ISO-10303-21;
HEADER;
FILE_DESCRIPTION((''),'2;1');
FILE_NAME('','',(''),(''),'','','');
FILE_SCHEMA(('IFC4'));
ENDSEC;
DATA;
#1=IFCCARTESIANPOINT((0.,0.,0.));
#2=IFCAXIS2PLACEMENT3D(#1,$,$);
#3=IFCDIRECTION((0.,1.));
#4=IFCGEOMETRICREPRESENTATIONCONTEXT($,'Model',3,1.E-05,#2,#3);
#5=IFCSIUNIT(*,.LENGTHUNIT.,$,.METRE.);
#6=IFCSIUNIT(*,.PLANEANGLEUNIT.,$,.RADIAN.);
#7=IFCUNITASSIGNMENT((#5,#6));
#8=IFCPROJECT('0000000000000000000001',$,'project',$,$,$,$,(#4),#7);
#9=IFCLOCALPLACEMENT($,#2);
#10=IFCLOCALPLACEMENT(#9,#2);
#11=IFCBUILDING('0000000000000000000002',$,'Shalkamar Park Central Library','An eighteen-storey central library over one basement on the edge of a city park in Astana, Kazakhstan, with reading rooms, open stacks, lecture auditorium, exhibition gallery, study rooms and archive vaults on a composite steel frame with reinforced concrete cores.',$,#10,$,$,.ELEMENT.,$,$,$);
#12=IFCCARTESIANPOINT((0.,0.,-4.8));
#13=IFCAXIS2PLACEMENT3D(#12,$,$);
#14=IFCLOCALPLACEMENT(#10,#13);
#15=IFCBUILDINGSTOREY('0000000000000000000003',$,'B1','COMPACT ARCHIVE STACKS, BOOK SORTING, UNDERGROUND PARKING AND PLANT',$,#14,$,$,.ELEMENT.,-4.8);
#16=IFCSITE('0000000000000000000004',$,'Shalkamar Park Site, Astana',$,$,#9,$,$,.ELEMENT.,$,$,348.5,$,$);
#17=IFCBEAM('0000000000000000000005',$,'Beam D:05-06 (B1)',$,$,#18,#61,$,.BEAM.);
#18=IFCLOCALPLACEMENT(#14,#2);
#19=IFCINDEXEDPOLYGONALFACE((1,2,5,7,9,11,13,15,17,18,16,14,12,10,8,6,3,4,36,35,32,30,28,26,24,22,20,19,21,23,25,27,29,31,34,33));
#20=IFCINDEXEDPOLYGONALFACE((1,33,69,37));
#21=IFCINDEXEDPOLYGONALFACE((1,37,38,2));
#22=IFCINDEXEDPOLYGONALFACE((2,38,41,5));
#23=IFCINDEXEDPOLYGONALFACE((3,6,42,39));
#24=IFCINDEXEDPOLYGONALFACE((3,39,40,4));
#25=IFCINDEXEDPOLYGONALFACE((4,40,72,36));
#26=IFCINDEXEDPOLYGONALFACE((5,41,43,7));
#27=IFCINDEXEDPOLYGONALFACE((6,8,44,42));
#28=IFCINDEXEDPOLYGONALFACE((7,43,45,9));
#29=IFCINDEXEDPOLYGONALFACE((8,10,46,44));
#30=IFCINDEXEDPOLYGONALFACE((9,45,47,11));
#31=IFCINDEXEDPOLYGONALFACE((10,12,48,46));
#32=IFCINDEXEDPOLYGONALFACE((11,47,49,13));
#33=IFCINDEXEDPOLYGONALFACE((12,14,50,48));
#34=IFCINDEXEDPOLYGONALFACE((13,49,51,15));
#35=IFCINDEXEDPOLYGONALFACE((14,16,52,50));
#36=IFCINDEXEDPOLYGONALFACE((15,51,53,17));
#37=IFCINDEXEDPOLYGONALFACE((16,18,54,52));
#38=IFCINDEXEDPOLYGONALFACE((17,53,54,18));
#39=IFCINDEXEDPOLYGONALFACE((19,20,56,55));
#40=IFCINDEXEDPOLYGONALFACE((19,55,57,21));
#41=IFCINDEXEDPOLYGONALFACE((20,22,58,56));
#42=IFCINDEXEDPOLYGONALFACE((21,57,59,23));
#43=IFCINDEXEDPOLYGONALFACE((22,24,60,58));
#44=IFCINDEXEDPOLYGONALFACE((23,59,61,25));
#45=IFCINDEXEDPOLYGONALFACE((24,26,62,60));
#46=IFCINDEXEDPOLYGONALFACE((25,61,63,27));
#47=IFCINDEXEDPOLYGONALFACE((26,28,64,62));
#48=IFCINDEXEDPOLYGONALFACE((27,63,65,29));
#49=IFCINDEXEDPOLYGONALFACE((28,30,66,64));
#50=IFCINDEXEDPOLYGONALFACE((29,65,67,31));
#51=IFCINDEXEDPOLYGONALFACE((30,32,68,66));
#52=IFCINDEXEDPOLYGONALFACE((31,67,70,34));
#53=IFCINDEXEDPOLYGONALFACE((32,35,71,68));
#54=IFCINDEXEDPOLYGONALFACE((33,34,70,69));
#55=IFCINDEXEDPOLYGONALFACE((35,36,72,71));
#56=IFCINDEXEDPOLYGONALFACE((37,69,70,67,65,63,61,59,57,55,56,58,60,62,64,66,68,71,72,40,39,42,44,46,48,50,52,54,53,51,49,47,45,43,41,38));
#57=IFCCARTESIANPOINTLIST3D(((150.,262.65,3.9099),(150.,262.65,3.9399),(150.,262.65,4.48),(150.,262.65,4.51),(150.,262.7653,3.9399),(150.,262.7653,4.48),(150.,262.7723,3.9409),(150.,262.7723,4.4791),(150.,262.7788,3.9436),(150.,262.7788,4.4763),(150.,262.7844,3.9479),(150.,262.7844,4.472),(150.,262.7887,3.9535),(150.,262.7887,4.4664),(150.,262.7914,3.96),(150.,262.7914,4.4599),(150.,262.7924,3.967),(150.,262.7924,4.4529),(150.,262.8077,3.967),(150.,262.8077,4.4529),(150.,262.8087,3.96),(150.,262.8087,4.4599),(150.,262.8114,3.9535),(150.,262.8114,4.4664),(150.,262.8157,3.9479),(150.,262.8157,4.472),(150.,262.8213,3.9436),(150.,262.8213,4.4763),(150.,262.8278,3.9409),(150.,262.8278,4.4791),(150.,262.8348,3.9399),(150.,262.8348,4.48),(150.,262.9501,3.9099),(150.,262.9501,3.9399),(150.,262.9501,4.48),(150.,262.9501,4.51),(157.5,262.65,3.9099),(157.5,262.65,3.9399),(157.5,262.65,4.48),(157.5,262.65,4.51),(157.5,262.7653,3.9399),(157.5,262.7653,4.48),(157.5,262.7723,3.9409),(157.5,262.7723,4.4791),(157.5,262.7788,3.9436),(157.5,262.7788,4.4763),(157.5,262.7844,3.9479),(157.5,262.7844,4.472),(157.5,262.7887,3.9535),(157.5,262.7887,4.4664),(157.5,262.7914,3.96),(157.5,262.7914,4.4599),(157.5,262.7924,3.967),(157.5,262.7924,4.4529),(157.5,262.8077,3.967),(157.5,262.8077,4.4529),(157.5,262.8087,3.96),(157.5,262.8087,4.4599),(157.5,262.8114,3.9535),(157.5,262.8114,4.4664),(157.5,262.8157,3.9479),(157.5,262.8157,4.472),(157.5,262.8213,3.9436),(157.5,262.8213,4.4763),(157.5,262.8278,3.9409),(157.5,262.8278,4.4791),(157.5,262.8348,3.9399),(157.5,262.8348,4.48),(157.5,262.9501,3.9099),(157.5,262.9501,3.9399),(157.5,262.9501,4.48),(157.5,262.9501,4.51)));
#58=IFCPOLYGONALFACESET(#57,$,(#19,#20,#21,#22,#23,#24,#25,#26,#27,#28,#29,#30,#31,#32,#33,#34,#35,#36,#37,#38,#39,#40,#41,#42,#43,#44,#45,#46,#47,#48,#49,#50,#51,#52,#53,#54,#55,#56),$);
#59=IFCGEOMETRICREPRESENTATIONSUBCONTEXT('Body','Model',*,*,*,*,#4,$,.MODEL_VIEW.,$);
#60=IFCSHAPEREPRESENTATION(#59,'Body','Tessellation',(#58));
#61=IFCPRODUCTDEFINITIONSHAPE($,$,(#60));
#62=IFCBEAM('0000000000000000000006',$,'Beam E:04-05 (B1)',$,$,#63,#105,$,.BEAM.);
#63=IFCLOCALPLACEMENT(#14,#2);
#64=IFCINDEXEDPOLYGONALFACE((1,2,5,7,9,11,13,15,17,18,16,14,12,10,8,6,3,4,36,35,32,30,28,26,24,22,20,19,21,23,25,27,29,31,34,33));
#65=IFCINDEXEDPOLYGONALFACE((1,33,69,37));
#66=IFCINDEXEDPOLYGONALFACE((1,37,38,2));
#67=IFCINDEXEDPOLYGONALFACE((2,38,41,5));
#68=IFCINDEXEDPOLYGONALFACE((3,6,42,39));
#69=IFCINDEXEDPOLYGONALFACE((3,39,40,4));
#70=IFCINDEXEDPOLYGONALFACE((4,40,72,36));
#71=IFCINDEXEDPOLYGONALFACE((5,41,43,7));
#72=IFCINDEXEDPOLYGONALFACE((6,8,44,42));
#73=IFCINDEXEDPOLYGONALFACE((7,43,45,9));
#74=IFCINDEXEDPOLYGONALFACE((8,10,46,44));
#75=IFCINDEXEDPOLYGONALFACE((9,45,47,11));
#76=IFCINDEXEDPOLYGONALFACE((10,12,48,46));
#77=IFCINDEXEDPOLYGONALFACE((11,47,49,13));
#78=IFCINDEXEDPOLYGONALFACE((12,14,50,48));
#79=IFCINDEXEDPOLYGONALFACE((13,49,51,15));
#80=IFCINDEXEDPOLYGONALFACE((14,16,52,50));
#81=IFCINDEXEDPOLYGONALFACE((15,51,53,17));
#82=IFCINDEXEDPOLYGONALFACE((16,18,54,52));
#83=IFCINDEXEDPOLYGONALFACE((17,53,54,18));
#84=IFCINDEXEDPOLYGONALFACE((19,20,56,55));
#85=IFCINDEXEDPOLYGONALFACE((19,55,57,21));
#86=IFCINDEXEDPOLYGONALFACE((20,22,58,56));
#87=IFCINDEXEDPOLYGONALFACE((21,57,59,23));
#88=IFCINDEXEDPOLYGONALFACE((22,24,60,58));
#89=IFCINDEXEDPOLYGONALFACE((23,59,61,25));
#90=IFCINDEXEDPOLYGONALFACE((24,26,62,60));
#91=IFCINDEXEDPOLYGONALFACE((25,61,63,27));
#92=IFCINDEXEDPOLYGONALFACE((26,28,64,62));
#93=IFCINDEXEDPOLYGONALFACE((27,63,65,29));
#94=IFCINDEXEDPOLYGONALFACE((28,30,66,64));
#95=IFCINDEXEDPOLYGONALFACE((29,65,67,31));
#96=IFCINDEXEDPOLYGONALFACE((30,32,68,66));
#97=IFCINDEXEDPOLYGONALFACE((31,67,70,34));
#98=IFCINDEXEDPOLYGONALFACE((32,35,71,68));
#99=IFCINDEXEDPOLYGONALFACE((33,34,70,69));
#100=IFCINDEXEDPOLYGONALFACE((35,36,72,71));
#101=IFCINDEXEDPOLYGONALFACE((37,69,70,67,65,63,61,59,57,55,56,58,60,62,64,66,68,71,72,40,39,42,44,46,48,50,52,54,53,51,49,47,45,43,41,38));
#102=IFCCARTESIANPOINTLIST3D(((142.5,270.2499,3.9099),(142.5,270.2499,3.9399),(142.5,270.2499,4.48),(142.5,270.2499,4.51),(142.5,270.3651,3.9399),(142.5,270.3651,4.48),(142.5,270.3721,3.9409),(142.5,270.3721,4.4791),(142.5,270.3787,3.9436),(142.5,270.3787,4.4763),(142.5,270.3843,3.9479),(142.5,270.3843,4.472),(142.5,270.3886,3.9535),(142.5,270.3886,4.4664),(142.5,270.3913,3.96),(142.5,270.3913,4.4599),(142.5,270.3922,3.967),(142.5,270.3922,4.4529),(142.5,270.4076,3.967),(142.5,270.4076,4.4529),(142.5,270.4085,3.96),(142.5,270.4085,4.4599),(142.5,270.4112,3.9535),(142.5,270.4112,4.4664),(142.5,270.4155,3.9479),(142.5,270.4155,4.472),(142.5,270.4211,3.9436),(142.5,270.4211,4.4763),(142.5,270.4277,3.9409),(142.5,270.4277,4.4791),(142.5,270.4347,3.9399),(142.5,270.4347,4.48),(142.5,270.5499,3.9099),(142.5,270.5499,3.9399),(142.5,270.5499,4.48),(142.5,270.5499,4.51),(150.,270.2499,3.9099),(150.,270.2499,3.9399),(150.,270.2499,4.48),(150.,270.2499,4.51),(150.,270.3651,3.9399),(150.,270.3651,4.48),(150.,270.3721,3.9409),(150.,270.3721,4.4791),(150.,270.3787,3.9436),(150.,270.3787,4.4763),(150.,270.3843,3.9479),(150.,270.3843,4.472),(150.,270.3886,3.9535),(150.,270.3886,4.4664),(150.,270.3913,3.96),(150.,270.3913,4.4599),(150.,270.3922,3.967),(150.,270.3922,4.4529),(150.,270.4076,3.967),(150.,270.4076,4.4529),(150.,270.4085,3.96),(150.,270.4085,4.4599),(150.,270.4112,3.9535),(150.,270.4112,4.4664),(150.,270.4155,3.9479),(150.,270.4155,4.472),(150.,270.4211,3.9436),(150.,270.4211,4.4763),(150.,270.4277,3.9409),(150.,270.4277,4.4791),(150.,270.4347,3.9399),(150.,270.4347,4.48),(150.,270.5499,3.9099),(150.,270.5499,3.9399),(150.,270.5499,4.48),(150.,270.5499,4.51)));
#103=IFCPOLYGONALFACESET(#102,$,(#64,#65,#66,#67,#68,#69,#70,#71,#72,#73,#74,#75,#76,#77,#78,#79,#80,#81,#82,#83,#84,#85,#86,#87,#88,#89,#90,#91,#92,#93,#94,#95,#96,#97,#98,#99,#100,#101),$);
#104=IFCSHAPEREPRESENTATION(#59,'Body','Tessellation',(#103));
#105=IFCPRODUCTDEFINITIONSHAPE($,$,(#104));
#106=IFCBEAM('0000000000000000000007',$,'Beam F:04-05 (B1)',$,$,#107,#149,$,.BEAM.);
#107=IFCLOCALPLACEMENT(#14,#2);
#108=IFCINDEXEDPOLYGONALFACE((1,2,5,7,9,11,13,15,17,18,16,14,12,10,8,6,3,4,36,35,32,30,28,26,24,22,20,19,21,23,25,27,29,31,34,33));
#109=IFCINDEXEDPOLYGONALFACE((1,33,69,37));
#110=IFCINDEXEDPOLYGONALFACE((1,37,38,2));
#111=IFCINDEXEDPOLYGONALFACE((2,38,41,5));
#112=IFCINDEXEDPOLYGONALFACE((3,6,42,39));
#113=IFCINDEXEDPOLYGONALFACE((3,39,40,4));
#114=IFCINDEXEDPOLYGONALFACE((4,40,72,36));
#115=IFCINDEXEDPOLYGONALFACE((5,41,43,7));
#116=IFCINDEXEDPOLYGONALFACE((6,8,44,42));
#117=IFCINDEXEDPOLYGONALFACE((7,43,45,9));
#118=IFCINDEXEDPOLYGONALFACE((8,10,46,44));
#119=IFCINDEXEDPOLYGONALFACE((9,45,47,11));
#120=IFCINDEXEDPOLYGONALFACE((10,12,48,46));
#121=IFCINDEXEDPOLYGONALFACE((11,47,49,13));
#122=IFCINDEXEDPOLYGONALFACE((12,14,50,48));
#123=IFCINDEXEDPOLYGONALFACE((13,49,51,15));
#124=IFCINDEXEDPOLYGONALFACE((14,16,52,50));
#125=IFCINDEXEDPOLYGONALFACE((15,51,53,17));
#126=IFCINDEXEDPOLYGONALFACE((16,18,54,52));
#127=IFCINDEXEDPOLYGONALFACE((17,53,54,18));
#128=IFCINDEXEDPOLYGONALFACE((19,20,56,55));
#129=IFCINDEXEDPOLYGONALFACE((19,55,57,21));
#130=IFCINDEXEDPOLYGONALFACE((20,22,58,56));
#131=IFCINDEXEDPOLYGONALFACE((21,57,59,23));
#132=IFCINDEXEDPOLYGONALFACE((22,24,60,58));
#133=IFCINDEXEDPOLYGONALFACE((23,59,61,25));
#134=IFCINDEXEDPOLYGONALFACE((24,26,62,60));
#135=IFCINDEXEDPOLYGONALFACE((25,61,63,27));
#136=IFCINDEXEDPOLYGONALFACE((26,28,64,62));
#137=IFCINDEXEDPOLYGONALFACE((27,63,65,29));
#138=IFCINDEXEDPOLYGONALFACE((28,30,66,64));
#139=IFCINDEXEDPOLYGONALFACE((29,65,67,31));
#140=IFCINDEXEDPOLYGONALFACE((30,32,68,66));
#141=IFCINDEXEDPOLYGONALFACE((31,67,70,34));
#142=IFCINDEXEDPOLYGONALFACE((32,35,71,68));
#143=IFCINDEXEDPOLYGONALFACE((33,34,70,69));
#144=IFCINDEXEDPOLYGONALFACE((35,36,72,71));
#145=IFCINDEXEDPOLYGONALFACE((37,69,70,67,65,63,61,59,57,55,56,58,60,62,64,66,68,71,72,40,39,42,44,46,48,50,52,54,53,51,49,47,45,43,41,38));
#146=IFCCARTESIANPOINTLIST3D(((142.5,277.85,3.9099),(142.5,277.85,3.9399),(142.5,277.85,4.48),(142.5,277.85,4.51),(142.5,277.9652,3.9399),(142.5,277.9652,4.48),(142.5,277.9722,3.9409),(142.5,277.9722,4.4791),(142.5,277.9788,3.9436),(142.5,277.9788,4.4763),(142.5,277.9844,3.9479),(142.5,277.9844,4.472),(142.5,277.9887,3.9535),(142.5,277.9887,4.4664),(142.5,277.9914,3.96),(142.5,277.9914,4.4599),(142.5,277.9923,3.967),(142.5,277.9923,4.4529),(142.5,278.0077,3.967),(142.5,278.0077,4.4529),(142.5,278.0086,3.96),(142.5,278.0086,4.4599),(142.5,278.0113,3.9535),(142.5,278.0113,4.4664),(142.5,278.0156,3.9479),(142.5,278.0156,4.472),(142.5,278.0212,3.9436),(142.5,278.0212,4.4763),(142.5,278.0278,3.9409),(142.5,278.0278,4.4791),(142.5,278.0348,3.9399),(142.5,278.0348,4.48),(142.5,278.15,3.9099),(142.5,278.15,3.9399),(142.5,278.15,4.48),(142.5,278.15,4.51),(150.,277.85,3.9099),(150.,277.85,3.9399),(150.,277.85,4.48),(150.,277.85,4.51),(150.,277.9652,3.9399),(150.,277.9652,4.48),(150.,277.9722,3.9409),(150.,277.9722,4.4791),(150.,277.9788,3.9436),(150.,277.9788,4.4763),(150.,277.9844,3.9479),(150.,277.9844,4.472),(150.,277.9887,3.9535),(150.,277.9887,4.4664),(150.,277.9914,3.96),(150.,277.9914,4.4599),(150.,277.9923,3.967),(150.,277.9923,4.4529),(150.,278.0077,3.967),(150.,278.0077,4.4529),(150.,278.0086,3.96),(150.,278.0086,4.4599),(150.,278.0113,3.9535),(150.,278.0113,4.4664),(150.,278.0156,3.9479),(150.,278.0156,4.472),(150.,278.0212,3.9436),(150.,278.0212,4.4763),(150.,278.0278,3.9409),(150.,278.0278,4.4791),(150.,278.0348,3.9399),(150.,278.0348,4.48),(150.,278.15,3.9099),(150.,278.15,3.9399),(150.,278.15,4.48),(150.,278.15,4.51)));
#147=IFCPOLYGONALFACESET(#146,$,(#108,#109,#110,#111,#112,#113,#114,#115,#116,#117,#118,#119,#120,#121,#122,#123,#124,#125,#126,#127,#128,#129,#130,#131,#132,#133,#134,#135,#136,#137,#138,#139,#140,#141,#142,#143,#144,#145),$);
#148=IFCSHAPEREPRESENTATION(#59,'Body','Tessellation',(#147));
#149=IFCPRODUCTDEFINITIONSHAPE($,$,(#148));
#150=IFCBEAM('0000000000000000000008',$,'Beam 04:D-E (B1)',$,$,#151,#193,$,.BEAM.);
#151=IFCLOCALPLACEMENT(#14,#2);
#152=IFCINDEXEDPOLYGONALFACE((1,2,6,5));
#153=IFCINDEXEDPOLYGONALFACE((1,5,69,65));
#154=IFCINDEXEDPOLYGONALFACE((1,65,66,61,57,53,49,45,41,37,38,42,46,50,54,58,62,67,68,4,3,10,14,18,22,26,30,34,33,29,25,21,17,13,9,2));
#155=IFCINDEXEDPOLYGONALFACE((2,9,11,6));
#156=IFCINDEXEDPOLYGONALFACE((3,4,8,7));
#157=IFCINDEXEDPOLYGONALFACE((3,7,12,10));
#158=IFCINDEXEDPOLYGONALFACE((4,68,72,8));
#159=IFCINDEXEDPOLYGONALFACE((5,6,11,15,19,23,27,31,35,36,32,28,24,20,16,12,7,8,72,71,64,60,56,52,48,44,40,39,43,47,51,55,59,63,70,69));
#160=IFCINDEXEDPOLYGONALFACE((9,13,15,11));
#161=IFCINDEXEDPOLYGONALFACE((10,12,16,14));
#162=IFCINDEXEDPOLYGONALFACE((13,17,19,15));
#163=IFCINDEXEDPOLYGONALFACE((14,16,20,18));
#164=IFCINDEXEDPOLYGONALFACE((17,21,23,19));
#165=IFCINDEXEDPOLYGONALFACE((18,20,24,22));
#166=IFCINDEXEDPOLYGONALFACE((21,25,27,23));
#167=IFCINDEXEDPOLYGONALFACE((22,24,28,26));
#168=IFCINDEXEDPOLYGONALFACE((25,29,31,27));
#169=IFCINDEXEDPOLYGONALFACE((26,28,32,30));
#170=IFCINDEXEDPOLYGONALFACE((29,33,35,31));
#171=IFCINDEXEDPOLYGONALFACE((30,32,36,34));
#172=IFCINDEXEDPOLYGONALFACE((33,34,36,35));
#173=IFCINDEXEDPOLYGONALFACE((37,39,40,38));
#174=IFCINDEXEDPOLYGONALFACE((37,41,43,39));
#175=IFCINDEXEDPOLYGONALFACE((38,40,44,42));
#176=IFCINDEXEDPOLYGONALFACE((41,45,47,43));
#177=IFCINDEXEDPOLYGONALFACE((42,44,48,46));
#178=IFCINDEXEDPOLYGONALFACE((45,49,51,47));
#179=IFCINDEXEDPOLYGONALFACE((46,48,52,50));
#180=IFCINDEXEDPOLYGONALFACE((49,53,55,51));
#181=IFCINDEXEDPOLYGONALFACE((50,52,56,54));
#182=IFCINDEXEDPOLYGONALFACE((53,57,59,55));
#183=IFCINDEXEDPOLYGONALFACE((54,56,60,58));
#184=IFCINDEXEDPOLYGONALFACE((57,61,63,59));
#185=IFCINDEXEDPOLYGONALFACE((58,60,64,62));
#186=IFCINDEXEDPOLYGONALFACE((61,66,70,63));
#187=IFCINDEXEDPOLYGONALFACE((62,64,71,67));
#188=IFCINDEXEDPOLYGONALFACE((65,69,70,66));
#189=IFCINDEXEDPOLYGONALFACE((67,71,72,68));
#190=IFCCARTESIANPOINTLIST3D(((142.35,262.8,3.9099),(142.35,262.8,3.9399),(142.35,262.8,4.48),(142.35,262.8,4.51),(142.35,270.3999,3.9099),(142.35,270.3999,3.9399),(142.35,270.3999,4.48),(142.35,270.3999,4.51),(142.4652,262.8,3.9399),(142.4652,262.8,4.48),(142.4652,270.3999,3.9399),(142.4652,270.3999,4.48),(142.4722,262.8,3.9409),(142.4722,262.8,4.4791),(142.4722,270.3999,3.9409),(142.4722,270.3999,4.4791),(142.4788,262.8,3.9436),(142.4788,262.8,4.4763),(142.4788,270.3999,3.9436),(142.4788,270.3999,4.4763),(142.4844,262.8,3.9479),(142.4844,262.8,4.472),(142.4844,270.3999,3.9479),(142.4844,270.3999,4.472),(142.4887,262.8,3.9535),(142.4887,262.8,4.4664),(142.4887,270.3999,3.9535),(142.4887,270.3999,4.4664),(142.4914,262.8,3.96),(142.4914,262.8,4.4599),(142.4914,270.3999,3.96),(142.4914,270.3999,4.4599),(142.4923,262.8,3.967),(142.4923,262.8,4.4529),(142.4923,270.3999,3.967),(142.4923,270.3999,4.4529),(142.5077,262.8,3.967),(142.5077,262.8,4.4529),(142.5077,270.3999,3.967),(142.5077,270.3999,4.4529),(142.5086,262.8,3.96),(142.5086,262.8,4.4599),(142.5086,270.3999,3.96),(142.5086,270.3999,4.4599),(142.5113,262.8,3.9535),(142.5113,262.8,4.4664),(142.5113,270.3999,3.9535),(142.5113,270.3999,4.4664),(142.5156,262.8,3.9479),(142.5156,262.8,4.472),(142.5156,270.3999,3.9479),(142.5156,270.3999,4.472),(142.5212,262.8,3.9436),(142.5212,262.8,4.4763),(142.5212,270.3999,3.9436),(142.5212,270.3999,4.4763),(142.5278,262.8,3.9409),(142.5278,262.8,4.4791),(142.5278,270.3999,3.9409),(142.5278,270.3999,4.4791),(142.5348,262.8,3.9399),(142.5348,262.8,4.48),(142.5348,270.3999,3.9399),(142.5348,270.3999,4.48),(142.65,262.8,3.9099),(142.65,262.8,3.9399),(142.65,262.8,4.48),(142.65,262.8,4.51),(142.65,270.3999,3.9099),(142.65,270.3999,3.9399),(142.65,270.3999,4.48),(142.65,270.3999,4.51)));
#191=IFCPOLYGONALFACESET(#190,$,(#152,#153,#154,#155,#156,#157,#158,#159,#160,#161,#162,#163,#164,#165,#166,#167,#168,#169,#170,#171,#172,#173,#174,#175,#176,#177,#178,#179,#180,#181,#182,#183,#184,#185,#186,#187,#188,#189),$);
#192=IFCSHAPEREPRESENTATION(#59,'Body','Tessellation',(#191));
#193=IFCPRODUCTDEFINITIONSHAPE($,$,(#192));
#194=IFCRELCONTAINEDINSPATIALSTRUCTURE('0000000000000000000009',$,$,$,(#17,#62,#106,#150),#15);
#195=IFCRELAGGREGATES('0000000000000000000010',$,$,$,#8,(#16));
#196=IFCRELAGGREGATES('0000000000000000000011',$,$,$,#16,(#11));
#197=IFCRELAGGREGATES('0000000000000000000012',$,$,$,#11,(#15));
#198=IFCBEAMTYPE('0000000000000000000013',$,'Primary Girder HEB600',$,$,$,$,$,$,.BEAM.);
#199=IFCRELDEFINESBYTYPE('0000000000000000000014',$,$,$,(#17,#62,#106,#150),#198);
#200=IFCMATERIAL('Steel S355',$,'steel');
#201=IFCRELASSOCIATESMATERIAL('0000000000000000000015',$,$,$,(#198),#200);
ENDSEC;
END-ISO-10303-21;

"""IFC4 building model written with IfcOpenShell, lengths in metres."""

from ifc_helpers import new_model, si_unit, direction, frame, origin, origin_2d, place, context, subcontext, project, spatial, i_section, extrude, material, material_profile, profile_set, type_object, element, save


model = new_model("IFC4")

# Units and contexts
model_context = context("Model", 3, precision=1e-05, world=origin(), true_north=direction((0.0, 1.0)))
body_context = subcontext(model_context, "Body", "Model", "MODEL_VIEW")
ifc_project = project(units=[si_unit("LENGTHUNIT", "METRE"), si_unit("PLANEANGLEUNIT", "RADIAN")], contexts=[model_context])

# Site, building, storey
site_placement = place(None, origin())
site = spatial("IfcSite", under=ifc_project, at=site_placement, Name="Shalkamar Park Site, Astana", CompositionType="ELEMENT", RefElevation=348.5)
building_placement = place(site_placement, origin())
building = spatial("IfcBuilding", under=site, at=building_placement, Name="Shalkamar Park Central Library", Description="An eighteen-storey central library over one basement on the edge of a city park in Astana, Kazakhstan, with reading rooms, open stacks, lecture auditorium, exhibition gallery, study rooms and archive vaults on a composite steel frame with reinforced concrete cores.", CompositionType="ELEMENT")
storey_placement = place(building_placement, frame((0.0, 0.0, -4.8)))
storey = spatial("IfcBuildingStorey", under=building, at=storey_placement, Name="B1", Description="COMPACT ARCHIVE STACKS, BOOK SORTING, UNDERGROUND PARKING AND PLANT", CompositionType="ELEMENT", Elevation=-4.8)

# Shared definitions
ifc_material_1 = material(Name="Steel S355", Category="steel")

# Beams
ifc_material_profile_1 = material_profile(ifc_material_1, i_section(OverallWidth=0.3, OverallDepth=0.6001, WebThickness=0.0154, FlangeThickness=0.03, FilletRadius=0.0271, at=origin_2d()), Name="HEB 600")
ifc_profile_set_1 = profile_set([ifc_material_profile_1], Name="Steel S355")
beam_type = type_object("IfcBeamType", Name="Primary Girder HEB600", PredefinedType="BEAM", material=ifc_profile_set_1)
for number, where, z_axis, x_axis, name in (
    (1, (150.0, 262.8, 4.21), (1.0, 0.0, 0.0), (0.0, 1.0, 0.0), "Beam D:05-06 (B1)"),
    (2, (142.5, 270.3999, 4.21), (1.0, 0.0, 0.0), (0.0, 1.0, 0.0), "Beam E:04-05 (B1)"),
    (3, (142.5, 278.0, 4.21), (1.0, 0.0, 0.0), (0.0, 1.0, 0.0), "Beam F:04-05 (B1)"),
):
    element("IfcBeam", number, at=place(storey_placement, frame(where, z_axis=z_axis, x_axis=x_axis)), inside=storey, type_object=beam_type, Name=name, PredefinedType="BEAM", context=body_context, shape_type="SweptSolid", body=[
        extrude(i_section(OverallWidth=0.3, OverallDepth=0.6001, WebThickness=0.0154, FlangeThickness=0.03, FilletRadius=0.0271, at=origin_2d()), origin(), (0.0, 0.0, 1.0), 7.5),
    ])
beam_1_placement = place(storey_placement, frame((142.5, 262.8, 4.21), z_axis=(0.0, 1.0, 0.0), x_axis=(-1.0, 0.0, 0.0)))
element("IfcBeam", 4, at=beam_1_placement, inside=storey, type_object=beam_type, Name="Beam 04:D-E (B1)", PredefinedType="BEAM", context=body_context, shape_type="SweptSolid", body=[
    extrude(i_section(OverallWidth=0.3, OverallDepth=0.6001, WebThickness=0.0154, FlangeThickness=0.03, FilletRadius=0.0271, at=origin_2d()), origin(), (0.0, 0.0, 1.0), 7.5999),
])

save(model, "model.ifc")
